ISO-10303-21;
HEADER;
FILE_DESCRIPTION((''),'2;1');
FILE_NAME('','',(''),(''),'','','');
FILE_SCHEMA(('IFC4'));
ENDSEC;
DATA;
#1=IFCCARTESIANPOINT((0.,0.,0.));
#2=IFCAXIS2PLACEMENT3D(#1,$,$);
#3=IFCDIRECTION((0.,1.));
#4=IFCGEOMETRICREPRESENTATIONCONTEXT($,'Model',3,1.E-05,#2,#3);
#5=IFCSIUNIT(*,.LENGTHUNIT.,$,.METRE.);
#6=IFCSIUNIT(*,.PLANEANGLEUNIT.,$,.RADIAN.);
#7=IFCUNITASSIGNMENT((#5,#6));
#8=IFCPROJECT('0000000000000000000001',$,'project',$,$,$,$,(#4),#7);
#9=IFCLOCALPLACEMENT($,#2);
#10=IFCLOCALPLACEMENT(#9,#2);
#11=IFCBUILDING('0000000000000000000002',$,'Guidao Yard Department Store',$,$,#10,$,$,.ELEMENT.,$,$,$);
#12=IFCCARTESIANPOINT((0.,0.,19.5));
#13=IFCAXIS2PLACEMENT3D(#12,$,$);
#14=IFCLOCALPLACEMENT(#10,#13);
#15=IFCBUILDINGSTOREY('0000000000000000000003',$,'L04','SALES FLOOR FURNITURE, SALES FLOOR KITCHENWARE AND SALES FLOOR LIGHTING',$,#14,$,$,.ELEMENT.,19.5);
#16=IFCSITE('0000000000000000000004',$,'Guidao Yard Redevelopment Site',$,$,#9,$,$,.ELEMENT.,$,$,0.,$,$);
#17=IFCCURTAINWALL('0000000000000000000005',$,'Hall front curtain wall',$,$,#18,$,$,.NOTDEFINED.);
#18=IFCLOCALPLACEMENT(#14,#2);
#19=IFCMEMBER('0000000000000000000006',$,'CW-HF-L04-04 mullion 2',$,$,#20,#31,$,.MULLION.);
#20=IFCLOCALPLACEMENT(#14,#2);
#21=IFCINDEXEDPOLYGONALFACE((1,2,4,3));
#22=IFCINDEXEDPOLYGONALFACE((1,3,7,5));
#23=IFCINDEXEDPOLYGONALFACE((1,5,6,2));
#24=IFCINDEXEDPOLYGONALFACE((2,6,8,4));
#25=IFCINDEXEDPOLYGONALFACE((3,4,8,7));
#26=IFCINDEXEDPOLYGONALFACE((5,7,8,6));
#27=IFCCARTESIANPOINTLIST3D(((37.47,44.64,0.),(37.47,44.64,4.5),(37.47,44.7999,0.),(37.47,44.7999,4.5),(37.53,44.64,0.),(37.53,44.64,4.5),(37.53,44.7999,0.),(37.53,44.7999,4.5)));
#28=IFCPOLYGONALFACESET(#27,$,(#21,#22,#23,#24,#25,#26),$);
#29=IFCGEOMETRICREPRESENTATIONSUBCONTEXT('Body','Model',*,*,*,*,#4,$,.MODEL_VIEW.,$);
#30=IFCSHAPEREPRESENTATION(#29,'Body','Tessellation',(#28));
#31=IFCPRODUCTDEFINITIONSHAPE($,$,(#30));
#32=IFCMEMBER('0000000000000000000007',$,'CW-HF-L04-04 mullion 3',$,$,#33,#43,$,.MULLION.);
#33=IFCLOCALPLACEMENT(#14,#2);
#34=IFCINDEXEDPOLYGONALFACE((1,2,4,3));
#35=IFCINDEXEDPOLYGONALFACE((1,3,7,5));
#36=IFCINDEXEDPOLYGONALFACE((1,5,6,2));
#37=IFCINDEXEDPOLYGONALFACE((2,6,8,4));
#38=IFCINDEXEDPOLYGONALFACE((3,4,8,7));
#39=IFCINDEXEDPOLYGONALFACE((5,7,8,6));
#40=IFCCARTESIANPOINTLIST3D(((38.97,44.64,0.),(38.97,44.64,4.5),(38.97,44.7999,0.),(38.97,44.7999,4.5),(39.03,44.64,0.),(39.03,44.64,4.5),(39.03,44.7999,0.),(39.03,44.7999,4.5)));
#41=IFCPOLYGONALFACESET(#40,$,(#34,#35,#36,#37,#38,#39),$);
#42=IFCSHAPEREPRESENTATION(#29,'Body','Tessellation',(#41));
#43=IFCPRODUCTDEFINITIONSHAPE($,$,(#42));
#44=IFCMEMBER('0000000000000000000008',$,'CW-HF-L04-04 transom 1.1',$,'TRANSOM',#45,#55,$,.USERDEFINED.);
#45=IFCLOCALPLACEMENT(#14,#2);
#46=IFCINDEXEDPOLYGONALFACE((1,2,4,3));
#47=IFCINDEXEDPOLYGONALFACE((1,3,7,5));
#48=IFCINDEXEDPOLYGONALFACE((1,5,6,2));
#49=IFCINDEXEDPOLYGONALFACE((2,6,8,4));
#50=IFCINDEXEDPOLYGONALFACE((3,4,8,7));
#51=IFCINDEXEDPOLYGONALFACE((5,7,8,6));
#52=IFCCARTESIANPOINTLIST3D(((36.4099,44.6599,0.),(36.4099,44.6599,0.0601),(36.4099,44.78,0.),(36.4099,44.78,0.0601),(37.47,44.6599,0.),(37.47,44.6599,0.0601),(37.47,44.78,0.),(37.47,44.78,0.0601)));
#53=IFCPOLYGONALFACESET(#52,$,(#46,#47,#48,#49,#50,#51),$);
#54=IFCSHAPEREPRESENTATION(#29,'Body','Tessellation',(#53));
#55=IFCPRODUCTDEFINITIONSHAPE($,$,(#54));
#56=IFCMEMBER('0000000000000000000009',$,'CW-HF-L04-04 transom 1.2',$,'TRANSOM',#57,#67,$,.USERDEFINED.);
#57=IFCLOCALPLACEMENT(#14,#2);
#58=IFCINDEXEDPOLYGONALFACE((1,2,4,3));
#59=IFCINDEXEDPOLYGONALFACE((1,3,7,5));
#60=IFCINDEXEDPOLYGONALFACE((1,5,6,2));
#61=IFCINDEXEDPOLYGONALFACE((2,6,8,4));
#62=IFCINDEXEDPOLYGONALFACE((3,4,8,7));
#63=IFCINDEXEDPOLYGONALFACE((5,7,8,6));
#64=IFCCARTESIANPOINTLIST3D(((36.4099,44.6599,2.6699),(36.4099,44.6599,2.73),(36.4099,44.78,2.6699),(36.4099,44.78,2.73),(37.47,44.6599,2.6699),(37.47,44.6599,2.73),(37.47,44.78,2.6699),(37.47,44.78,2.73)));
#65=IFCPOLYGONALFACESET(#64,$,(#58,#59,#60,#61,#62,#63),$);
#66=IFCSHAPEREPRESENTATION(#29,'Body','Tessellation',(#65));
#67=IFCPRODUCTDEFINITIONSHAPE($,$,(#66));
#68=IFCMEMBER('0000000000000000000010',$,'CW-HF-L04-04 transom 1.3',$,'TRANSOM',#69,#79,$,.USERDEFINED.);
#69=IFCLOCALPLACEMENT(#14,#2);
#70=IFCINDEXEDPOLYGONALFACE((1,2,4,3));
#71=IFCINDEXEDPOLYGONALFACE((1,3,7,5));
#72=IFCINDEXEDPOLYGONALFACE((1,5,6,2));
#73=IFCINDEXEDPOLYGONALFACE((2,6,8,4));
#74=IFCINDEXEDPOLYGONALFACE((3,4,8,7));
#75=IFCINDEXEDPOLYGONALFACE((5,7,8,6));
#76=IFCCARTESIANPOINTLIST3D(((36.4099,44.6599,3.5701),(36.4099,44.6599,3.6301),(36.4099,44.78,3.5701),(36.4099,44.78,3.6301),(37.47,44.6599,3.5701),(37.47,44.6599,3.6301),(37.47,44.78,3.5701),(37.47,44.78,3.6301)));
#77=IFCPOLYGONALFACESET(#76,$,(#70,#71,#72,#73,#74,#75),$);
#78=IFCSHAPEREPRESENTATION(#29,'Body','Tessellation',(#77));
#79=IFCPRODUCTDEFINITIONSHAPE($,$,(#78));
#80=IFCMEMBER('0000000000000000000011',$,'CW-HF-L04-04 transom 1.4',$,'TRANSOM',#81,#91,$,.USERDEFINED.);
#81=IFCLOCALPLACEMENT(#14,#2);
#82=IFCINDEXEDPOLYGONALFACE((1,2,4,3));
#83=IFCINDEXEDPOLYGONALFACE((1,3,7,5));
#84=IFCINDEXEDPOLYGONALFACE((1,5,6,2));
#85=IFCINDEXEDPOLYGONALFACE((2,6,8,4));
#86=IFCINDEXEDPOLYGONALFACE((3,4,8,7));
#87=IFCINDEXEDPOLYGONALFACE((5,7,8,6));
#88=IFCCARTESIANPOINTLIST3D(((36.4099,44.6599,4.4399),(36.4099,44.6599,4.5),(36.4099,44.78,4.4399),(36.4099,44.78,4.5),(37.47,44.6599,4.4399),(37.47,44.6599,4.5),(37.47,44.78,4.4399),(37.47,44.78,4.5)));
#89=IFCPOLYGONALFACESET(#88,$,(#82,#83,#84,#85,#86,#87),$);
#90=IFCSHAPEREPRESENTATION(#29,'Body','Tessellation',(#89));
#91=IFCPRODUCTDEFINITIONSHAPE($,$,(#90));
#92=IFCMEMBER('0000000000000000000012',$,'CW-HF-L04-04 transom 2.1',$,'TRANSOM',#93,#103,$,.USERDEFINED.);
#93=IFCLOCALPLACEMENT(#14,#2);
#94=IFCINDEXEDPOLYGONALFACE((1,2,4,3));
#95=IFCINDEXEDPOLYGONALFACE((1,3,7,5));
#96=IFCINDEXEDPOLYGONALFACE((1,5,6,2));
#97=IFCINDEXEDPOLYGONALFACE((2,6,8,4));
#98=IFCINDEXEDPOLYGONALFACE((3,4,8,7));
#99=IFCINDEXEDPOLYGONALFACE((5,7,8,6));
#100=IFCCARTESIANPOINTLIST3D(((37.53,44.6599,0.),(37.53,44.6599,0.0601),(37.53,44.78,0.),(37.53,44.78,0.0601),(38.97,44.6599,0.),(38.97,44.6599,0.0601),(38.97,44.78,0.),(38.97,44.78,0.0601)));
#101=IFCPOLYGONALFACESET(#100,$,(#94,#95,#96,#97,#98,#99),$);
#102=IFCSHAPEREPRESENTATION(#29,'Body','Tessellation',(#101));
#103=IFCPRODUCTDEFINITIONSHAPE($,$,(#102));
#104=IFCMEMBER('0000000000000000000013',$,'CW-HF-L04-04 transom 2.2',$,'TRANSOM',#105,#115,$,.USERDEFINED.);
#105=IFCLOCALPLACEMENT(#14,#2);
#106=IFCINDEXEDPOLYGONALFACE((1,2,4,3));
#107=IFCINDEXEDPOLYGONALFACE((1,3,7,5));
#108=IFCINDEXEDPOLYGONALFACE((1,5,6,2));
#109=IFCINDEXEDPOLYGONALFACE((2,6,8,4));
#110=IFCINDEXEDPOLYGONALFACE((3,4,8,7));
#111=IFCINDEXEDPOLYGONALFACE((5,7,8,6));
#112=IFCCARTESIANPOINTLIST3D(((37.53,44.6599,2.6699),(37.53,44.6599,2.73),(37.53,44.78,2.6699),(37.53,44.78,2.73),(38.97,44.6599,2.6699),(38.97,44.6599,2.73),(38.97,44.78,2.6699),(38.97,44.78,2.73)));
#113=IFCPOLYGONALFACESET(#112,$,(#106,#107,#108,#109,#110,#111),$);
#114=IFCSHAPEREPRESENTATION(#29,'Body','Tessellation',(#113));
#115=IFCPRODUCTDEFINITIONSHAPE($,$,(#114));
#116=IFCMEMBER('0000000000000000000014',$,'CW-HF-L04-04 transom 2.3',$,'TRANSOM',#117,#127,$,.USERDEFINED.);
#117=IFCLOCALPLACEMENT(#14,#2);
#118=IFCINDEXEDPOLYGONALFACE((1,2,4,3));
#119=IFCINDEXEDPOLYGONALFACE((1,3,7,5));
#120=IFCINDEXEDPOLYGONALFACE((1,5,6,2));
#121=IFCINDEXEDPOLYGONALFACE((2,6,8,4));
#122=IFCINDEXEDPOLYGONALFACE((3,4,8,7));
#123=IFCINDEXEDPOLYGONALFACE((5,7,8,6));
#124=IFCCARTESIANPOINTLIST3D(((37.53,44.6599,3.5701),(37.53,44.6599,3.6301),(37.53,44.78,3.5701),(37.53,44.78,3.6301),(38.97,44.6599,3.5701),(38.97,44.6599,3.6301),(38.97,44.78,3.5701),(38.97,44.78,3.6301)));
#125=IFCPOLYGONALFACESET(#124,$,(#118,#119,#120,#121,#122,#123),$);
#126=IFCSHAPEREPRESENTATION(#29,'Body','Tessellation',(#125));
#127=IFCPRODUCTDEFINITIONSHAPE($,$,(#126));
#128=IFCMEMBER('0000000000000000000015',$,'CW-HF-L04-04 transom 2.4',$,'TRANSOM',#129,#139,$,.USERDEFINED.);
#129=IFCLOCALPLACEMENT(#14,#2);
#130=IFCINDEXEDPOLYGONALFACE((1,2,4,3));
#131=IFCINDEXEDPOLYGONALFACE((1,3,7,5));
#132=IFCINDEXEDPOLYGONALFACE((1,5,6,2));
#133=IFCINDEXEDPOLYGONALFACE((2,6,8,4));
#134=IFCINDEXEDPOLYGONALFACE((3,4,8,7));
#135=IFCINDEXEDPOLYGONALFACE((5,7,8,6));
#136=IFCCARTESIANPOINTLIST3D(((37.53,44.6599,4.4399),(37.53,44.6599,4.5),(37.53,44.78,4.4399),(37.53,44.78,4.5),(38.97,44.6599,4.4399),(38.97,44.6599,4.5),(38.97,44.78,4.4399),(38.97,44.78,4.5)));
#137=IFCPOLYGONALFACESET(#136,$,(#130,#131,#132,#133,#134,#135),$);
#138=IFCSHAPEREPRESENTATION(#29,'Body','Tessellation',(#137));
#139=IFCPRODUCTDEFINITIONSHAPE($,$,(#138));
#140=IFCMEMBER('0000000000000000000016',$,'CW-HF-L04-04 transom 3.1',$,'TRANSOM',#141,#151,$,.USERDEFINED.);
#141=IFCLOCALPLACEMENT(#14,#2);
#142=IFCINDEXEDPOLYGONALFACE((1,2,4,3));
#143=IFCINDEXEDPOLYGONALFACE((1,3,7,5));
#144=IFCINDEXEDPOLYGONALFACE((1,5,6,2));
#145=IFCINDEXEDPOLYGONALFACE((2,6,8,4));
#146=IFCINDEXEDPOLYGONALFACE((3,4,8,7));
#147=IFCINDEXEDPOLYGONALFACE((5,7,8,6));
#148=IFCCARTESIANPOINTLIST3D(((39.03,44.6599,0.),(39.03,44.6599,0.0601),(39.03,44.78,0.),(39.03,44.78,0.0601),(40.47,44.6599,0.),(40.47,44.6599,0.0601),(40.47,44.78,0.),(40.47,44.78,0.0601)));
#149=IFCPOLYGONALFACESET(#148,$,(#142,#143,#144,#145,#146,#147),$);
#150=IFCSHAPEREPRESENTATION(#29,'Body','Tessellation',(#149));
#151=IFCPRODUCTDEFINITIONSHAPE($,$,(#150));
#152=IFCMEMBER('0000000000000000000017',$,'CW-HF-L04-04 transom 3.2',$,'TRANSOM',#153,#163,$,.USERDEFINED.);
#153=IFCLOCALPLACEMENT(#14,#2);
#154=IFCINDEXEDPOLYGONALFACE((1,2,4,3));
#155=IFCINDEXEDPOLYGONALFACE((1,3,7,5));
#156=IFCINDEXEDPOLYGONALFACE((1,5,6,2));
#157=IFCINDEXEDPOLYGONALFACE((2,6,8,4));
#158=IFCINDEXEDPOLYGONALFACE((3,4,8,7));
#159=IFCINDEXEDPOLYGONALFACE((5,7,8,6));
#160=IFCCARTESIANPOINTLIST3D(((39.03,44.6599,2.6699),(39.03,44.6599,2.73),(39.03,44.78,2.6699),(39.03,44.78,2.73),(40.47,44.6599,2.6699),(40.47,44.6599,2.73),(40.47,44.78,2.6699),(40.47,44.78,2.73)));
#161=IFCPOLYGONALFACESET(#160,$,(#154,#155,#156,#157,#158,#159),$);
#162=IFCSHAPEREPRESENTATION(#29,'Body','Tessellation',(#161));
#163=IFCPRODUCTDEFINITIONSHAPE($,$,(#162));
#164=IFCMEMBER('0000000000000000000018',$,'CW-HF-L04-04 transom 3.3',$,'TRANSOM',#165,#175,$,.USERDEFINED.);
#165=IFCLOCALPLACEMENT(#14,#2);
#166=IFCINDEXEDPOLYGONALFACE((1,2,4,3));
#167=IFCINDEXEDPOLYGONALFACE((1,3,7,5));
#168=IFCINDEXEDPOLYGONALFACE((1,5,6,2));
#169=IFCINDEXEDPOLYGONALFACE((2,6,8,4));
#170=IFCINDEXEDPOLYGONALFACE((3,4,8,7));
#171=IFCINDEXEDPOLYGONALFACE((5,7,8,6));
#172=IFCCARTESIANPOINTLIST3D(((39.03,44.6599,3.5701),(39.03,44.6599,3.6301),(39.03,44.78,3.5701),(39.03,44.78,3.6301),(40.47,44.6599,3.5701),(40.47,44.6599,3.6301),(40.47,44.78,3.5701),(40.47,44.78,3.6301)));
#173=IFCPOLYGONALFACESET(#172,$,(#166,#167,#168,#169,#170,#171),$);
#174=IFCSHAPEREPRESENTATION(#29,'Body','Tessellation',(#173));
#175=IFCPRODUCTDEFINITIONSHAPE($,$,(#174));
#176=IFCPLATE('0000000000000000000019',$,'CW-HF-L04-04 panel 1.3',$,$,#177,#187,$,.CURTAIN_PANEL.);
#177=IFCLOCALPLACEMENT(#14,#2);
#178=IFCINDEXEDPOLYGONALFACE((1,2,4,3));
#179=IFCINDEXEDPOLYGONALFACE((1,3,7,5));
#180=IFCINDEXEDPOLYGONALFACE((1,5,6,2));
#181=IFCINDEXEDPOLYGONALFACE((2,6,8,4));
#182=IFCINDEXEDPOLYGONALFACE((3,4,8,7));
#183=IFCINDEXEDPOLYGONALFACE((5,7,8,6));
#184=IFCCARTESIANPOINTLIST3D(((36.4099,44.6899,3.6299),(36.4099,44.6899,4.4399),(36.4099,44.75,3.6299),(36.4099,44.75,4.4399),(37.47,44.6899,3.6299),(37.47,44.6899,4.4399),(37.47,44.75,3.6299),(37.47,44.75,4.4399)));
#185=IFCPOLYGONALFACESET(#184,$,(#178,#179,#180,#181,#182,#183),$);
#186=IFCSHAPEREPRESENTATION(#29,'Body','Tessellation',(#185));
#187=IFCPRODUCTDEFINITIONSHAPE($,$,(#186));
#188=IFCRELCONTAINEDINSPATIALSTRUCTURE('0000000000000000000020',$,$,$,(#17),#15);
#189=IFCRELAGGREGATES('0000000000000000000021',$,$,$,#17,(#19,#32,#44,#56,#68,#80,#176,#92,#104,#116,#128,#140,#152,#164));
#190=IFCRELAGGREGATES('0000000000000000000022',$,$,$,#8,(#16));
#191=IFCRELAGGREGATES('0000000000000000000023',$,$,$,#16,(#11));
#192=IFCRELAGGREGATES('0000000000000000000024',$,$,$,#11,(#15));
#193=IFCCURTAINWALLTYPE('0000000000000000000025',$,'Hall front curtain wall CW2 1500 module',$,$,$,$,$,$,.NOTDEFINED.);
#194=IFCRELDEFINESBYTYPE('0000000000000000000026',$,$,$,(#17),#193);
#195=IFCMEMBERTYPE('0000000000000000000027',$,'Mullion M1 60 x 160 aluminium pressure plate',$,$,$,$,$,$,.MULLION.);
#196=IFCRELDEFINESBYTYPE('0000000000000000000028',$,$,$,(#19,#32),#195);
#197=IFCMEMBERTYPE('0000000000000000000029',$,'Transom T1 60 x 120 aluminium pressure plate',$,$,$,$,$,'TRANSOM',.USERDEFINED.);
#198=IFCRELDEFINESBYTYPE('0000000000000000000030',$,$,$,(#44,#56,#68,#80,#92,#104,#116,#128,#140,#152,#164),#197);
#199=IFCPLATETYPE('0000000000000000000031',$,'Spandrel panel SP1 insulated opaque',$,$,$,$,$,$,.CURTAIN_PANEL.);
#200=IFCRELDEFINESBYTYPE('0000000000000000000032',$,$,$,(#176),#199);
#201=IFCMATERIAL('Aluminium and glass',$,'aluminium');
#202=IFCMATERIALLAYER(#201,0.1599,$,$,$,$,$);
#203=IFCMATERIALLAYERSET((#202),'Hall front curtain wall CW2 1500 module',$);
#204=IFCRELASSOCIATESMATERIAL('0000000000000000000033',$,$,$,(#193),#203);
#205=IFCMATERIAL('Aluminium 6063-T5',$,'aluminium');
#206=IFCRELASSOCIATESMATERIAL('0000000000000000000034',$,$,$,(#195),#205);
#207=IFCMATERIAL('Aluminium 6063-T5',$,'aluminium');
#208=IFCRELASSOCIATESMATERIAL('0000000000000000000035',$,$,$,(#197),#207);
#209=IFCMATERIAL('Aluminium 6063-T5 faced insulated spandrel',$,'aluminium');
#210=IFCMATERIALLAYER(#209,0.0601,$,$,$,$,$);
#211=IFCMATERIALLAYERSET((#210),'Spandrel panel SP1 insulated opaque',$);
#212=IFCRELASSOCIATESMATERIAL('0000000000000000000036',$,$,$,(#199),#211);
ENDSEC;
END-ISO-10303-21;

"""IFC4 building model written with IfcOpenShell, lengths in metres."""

from ifc_helpers import new_model, si_unit, direction, frame, origin, origin_2d, place, context, subcontext, project, spatial, rectangle, extrude, material, layer, layer_set, material_profile, profile_set, type_object, element, aggregate, save


model = new_model("IFC4")

# Units and contexts
model_context = context("Model", 3, precision=1e-05, world=origin(), true_north=direction((0.0, 1.0)))
body_context = subcontext(model_context, "Body", "Model", "MODEL_VIEW")
ifc_project = project(units=[si_unit("LENGTHUNIT", "METRE"), si_unit("PLANEANGLEUNIT", "RADIAN")], contexts=[model_context])

# Site, building, storey
site_placement = place(None, origin())
site = spatial("IfcSite", under=ifc_project, at=site_placement, Name="Guidao Yard Redevelopment Site", CompositionType="ELEMENT", RefElevation=0.0)
building_placement = place(site_placement, origin())
building = spatial("IfcBuilding", under=site, at=building_placement, Name="Guidao Yard Department Store", CompositionType="ELEMENT")
storey_placement = place(building_placement, frame((0.0, 0.0, 19.5)))
storey = spatial("IfcBuildingStorey", under=building, at=storey_placement, Name="L04", Description="SALES FLOOR FURNITURE, SALES FLOOR KITCHENWARE AND SALES FLOOR LIGHTING", CompositionType="ELEMENT", Elevation=19.5)

# Curtain wall, members, plate
ifc_material_1 = material(Name="Aluminium and glass", Category="aluminium")
ifc_layer_1 = layer(ifc_material_1, 0.1599)
ifc_layer_set_1 = layer_set([ifc_layer_1], Name="Hall front curtain wall CW2 1500 module")
curtain_wall_type = type_object("IfcCurtainWallType", Name="Hall front curtain wall CW2 1500 module", PredefinedType="NOTDEFINED", material=ifc_layer_set_1)
curtain_wall_placement = place(storey_placement, origin())
curtain_wall = element("IfcCurtainWall", 1, at=curtain_wall_placement, inside=storey, type_object=curtain_wall_type, Name="Hall front curtain wall", PredefinedType="NOTDEFINED")
ifc_material_2 = material(Name="Aluminium 6063-T5", Category="aluminium")
ifc_material_profile_1 = material_profile(ifc_material_2, rectangle(XDim=0.0601, YDim=0.1599, at=origin_2d()), Name="Mullion M1 60 x 160 aluminium pressure plate")
ifc_profile_set_1 = profile_set([ifc_material_profile_1], Name="Aluminium 6063-T5")
member_type_1 = type_object("IfcMemberType", Name="Mullion M1 60 x 160 aluminium pressure plate", PredefinedType="MULLION", material=ifc_profile_set_1)
member_1_placement = place(storey_placement, frame((37.5, 44.72, 0.0), z_axis=(0.0, 0.0, 1.0), x_axis=(-1.0, 0.0, 0.0)))
member_1 = element("IfcMember", 2, at=member_1_placement, type_object=member_type_1, Name="CW-HF-L04-04 mullion 2", PredefinedType="MULLION", context=body_context, shape_type="SweptSolid", body=[
    extrude(rectangle(XDim=0.0601, YDim=0.1599, at=origin_2d()), origin(), (0.0, 0.0, 1.0), 4.5),
])
member_2_placement = place(storey_placement, frame((39.0, 44.72, 0.0), z_axis=(0.0, 0.0, 1.0), x_axis=(-1.0, 0.0, 0.0)))
member_2 = element("IfcMember", 3, at=member_2_placement, type_object=member_type_1, Name="CW-HF-L04-04 mullion 3", PredefinedType="MULLION", context=body_context, shape_type="SweptSolid", body=[
    extrude(rectangle(XDim=0.0601, YDim=0.1599, at=origin_2d()), origin(), (0.0, 0.0, 1.0), 4.5),
])
ifc_material_3 = material(Name="Aluminium 6063-T5", Category="aluminium")
ifc_material_profile_2 = material_profile(ifc_material_3, rectangle(XDim=0.1201, YDim=0.0601, at=origin_2d()), Name="Transom T1 60 x 120 aluminium pressure plate")
ifc_profile_set_2 = profile_set([ifc_material_profile_2], Name="Aluminium 6063-T5")
member_type_2 = type_object("IfcMemberType", Name="Transom T1 60 x 120 aluminium pressure plate", ElementType="TRANSOM", PredefinedType="USERDEFINED", material=ifc_profile_set_2)
member_3_placement = place(storey_placement, frame((37.47, 44.72, 0.03), z_axis=(-1.0, 0.0, 0.0), x_axis=(0.0, -1.0, 0.0)))
member_3 = element("IfcMember", 4, at=member_3_placement, type_object=member_type_2, Name="CW-HF-L04-04 transom 1.1", ObjectType="TRANSOM", PredefinedType="USERDEFINED", context=body_context, shape_type="SweptSolid", body=[
    extrude(rectangle(XDim=0.1201, YDim=0.0601, at=origin_2d()), origin(), (0.0, 0.0, 1.0), 1.0601),
])
member_4_placement = place(storey_placement, frame((37.47, 44.72, 2.7), z_axis=(-1.0, 0.0, 0.0), x_axis=(0.0, -1.0, 0.0)))
member_4 = element("IfcMember", 5, at=member_4_placement, type_object=member_type_2, Name="CW-HF-L04-04 transom 1.2", ObjectType="TRANSOM", PredefinedType="USERDEFINED", context=body_context, shape_type="SweptSolid", body=[
    extrude(rectangle(XDim=0.1201, YDim=0.0601, at=origin_2d()), origin(), (0.0, 0.0, 1.0), 1.0601),
])
member_5_placement = place(storey_placement, frame((37.47, 44.72, 3.6001), z_axis=(-1.0, 0.0, 0.0), x_axis=(0.0, -1.0, 0.0)))
member_5 = element("IfcMember", 6, at=member_5_placement, type_object=member_type_2, Name="CW-HF-L04-04 transom 1.3", ObjectType="TRANSOM", PredefinedType="USERDEFINED", context=body_context, shape_type="SweptSolid", body=[
    extrude(rectangle(XDim=0.1201, YDim=0.0601, at=origin_2d()), origin(), (0.0, 0.0, 1.0), 1.0601),
])
member_6_placement = place(storey_placement, frame((37.47, 44.72, 4.47), z_axis=(-1.0, 0.0, 0.0), x_axis=(0.0, -1.0, 0.0)))
member_6 = element("IfcMember", 7, at=member_6_placement, type_object=member_type_2, Name="CW-HF-L04-04 transom 1.4", ObjectType="TRANSOM", PredefinedType="USERDEFINED", context=body_context, shape_type="SweptSolid", body=[
    extrude(rectangle(XDim=0.1201, YDim=0.0601, at=origin_2d()), origin(), (0.0, 0.0, 1.0), 1.0601),
])
member_7_placement = place(storey_placement, frame((38.97, 44.72, 0.03), z_axis=(-1.0, 0.0, 0.0), x_axis=(0.0, -1.0, 0.0)))
member_7 = element("IfcMember", 8, at=member_7_placement, type_object=member_type_2, Name="CW-HF-L04-04 transom 2.1", ObjectType="TRANSOM", PredefinedType="USERDEFINED", context=body_context, shape_type="SweptSolid", body=[
    extrude(rectangle(XDim=0.1201, YDim=0.0601, at=origin_2d()), origin(), (0.0, 0.0, 1.0), 1.4399),
])
member_8_placement = place(storey_placement, frame((38.97, 44.72, 2.7), z_axis=(-1.0, 0.0, 0.0), x_axis=(0.0, -1.0, 0.0)))
member_8 = element("IfcMember", 9, at=member_8_placement, type_object=member_type_2, Name="CW-HF-L04-04 transom 2.2", ObjectType="TRANSOM", PredefinedType="USERDEFINED", context=body_context, shape_type="SweptSolid", body=[
    extrude(rectangle(XDim=0.1201, YDim=0.0601, at=origin_2d()), origin(), (0.0, 0.0, 1.0), 1.4399),
])
member_9_placement = place(storey_placement, frame((38.97, 44.72, 3.6001), z_axis=(-1.0, 0.0, 0.0), x_axis=(0.0, -1.0, 0.0)))
member_9 = element("IfcMember", 10, at=member_9_placement, type_object=member_type_2, Name="CW-HF-L04-04 transom 2.3", ObjectType="TRANSOM", PredefinedType="USERDEFINED", context=body_context, shape_type="SweptSolid", body=[
    extrude(rectangle(XDim=0.1201, YDim=0.0601, at=origin_2d()), origin(), (0.0, 0.0, 1.0), 1.4399),
])
member_10_placement = place(storey_placement, frame((38.97, 44.72, 4.47), z_axis=(-1.0, 0.0, 0.0), x_axis=(0.0, -1.0, 0.0)))
member_10 = element("IfcMember", 11, at=member_10_placement, type_object=member_type_2, Name="CW-HF-L04-04 transom 2.4", ObjectType="TRANSOM", PredefinedType="USERDEFINED", context=body_context, shape_type="SweptSolid", body=[
    extrude(rectangle(XDim=0.1201, YDim=0.0601, at=origin_2d()), origin(), (0.0, 0.0, 1.0), 1.4399),
])
member_11_placement = place(storey_placement, frame((40.47, 44.72, 0.03), z_axis=(-1.0, 0.0, 0.0), x_axis=(0.0, -1.0, 0.0)))
member_11 = element("IfcMember", 12, at=member_11_placement, type_object=member_type_2, Name="CW-HF-L04-04 transom 3.1", ObjectType="TRANSOM", PredefinedType="USERDEFINED", context=body_context, shape_type="SweptSolid", body=[
    extrude(rectangle(XDim=0.1201, YDim=0.0601, at=origin_2d()), origin(), (0.0, 0.0, 1.0), 1.4399),
])
member_12_placement = place(storey_placement, frame((40.47, 44.72, 2.7), z_axis=(-1.0, 0.0, 0.0), x_axis=(0.0, -1.0, 0.0)))
member_12 = element("IfcMember", 13, at=member_12_placement, type_object=member_type_2, Name="CW-HF-L04-04 transom 3.2", ObjectType="TRANSOM", PredefinedType="USERDEFINED", context=body_context, shape_type="SweptSolid", body=[
    extrude(rectangle(XDim=0.1201, YDim=0.0601, at=origin_2d()), origin(), (0.0, 0.0, 1.0), 1.4399),
])
member_13_placement = place(storey_placement, frame((40.47, 44.72, 3.6001), z_axis=(-1.0, 0.0, 0.0), x_axis=(0.0, -1.0, 0.0)))
member_13 = element("IfcMember", 14, at=member_13_placement, type_object=member_type_2, Name="CW-HF-L04-04 transom 3.3", ObjectType="TRANSOM", PredefinedType="USERDEFINED", context=body_context, shape_type="SweptSolid", body=[
    extrude(rectangle(XDim=0.1201, YDim=0.0601, at=origin_2d()), origin(), (0.0, 0.0, 1.0), 1.4399),
])
ifc_material_4 = material(Name="Aluminium 6063-T5 faced insulated spandrel", Category="aluminium")
ifc_layer_2 = layer(ifc_material_4, 0.0601)
ifc_layer_set_2 = layer_set([ifc_layer_2], Name="Spandrel panel SP1 insulated opaque")
plate_type_1 = type_object("IfcPlateType", Name="Spandrel panel SP1 insulated opaque", PredefinedType="CURTAIN_PANEL", material=ifc_layer_set_2)
plate_1_placement = place(storey_placement, frame((36.9399, 44.72, 3.6299), z_axis=(0.0, 0.0, 1.0), x_axis=(-1.0, 0.0, 0.0)))
plate_1 = element("IfcPlate", 15, at=plate_1_placement, type_object=plate_type_1, Name="CW-HF-L04-04 panel 1.3", PredefinedType="CURTAIN_PANEL", context=body_context, shape_type="SweptSolid", body=[
    extrude(rectangle(XDim=1.0601, YDim=0.0601, at=origin_2d()), origin(), (0.0, 0.0, 1.0), 0.8101),
])
aggregate(curtain_wall, [member_1, member_2, member_3, member_4, member_5, member_6, plate_1, member_7, member_8, member_9, member_10, member_11, member_12, member_13])

save(model, "model.ifc")
